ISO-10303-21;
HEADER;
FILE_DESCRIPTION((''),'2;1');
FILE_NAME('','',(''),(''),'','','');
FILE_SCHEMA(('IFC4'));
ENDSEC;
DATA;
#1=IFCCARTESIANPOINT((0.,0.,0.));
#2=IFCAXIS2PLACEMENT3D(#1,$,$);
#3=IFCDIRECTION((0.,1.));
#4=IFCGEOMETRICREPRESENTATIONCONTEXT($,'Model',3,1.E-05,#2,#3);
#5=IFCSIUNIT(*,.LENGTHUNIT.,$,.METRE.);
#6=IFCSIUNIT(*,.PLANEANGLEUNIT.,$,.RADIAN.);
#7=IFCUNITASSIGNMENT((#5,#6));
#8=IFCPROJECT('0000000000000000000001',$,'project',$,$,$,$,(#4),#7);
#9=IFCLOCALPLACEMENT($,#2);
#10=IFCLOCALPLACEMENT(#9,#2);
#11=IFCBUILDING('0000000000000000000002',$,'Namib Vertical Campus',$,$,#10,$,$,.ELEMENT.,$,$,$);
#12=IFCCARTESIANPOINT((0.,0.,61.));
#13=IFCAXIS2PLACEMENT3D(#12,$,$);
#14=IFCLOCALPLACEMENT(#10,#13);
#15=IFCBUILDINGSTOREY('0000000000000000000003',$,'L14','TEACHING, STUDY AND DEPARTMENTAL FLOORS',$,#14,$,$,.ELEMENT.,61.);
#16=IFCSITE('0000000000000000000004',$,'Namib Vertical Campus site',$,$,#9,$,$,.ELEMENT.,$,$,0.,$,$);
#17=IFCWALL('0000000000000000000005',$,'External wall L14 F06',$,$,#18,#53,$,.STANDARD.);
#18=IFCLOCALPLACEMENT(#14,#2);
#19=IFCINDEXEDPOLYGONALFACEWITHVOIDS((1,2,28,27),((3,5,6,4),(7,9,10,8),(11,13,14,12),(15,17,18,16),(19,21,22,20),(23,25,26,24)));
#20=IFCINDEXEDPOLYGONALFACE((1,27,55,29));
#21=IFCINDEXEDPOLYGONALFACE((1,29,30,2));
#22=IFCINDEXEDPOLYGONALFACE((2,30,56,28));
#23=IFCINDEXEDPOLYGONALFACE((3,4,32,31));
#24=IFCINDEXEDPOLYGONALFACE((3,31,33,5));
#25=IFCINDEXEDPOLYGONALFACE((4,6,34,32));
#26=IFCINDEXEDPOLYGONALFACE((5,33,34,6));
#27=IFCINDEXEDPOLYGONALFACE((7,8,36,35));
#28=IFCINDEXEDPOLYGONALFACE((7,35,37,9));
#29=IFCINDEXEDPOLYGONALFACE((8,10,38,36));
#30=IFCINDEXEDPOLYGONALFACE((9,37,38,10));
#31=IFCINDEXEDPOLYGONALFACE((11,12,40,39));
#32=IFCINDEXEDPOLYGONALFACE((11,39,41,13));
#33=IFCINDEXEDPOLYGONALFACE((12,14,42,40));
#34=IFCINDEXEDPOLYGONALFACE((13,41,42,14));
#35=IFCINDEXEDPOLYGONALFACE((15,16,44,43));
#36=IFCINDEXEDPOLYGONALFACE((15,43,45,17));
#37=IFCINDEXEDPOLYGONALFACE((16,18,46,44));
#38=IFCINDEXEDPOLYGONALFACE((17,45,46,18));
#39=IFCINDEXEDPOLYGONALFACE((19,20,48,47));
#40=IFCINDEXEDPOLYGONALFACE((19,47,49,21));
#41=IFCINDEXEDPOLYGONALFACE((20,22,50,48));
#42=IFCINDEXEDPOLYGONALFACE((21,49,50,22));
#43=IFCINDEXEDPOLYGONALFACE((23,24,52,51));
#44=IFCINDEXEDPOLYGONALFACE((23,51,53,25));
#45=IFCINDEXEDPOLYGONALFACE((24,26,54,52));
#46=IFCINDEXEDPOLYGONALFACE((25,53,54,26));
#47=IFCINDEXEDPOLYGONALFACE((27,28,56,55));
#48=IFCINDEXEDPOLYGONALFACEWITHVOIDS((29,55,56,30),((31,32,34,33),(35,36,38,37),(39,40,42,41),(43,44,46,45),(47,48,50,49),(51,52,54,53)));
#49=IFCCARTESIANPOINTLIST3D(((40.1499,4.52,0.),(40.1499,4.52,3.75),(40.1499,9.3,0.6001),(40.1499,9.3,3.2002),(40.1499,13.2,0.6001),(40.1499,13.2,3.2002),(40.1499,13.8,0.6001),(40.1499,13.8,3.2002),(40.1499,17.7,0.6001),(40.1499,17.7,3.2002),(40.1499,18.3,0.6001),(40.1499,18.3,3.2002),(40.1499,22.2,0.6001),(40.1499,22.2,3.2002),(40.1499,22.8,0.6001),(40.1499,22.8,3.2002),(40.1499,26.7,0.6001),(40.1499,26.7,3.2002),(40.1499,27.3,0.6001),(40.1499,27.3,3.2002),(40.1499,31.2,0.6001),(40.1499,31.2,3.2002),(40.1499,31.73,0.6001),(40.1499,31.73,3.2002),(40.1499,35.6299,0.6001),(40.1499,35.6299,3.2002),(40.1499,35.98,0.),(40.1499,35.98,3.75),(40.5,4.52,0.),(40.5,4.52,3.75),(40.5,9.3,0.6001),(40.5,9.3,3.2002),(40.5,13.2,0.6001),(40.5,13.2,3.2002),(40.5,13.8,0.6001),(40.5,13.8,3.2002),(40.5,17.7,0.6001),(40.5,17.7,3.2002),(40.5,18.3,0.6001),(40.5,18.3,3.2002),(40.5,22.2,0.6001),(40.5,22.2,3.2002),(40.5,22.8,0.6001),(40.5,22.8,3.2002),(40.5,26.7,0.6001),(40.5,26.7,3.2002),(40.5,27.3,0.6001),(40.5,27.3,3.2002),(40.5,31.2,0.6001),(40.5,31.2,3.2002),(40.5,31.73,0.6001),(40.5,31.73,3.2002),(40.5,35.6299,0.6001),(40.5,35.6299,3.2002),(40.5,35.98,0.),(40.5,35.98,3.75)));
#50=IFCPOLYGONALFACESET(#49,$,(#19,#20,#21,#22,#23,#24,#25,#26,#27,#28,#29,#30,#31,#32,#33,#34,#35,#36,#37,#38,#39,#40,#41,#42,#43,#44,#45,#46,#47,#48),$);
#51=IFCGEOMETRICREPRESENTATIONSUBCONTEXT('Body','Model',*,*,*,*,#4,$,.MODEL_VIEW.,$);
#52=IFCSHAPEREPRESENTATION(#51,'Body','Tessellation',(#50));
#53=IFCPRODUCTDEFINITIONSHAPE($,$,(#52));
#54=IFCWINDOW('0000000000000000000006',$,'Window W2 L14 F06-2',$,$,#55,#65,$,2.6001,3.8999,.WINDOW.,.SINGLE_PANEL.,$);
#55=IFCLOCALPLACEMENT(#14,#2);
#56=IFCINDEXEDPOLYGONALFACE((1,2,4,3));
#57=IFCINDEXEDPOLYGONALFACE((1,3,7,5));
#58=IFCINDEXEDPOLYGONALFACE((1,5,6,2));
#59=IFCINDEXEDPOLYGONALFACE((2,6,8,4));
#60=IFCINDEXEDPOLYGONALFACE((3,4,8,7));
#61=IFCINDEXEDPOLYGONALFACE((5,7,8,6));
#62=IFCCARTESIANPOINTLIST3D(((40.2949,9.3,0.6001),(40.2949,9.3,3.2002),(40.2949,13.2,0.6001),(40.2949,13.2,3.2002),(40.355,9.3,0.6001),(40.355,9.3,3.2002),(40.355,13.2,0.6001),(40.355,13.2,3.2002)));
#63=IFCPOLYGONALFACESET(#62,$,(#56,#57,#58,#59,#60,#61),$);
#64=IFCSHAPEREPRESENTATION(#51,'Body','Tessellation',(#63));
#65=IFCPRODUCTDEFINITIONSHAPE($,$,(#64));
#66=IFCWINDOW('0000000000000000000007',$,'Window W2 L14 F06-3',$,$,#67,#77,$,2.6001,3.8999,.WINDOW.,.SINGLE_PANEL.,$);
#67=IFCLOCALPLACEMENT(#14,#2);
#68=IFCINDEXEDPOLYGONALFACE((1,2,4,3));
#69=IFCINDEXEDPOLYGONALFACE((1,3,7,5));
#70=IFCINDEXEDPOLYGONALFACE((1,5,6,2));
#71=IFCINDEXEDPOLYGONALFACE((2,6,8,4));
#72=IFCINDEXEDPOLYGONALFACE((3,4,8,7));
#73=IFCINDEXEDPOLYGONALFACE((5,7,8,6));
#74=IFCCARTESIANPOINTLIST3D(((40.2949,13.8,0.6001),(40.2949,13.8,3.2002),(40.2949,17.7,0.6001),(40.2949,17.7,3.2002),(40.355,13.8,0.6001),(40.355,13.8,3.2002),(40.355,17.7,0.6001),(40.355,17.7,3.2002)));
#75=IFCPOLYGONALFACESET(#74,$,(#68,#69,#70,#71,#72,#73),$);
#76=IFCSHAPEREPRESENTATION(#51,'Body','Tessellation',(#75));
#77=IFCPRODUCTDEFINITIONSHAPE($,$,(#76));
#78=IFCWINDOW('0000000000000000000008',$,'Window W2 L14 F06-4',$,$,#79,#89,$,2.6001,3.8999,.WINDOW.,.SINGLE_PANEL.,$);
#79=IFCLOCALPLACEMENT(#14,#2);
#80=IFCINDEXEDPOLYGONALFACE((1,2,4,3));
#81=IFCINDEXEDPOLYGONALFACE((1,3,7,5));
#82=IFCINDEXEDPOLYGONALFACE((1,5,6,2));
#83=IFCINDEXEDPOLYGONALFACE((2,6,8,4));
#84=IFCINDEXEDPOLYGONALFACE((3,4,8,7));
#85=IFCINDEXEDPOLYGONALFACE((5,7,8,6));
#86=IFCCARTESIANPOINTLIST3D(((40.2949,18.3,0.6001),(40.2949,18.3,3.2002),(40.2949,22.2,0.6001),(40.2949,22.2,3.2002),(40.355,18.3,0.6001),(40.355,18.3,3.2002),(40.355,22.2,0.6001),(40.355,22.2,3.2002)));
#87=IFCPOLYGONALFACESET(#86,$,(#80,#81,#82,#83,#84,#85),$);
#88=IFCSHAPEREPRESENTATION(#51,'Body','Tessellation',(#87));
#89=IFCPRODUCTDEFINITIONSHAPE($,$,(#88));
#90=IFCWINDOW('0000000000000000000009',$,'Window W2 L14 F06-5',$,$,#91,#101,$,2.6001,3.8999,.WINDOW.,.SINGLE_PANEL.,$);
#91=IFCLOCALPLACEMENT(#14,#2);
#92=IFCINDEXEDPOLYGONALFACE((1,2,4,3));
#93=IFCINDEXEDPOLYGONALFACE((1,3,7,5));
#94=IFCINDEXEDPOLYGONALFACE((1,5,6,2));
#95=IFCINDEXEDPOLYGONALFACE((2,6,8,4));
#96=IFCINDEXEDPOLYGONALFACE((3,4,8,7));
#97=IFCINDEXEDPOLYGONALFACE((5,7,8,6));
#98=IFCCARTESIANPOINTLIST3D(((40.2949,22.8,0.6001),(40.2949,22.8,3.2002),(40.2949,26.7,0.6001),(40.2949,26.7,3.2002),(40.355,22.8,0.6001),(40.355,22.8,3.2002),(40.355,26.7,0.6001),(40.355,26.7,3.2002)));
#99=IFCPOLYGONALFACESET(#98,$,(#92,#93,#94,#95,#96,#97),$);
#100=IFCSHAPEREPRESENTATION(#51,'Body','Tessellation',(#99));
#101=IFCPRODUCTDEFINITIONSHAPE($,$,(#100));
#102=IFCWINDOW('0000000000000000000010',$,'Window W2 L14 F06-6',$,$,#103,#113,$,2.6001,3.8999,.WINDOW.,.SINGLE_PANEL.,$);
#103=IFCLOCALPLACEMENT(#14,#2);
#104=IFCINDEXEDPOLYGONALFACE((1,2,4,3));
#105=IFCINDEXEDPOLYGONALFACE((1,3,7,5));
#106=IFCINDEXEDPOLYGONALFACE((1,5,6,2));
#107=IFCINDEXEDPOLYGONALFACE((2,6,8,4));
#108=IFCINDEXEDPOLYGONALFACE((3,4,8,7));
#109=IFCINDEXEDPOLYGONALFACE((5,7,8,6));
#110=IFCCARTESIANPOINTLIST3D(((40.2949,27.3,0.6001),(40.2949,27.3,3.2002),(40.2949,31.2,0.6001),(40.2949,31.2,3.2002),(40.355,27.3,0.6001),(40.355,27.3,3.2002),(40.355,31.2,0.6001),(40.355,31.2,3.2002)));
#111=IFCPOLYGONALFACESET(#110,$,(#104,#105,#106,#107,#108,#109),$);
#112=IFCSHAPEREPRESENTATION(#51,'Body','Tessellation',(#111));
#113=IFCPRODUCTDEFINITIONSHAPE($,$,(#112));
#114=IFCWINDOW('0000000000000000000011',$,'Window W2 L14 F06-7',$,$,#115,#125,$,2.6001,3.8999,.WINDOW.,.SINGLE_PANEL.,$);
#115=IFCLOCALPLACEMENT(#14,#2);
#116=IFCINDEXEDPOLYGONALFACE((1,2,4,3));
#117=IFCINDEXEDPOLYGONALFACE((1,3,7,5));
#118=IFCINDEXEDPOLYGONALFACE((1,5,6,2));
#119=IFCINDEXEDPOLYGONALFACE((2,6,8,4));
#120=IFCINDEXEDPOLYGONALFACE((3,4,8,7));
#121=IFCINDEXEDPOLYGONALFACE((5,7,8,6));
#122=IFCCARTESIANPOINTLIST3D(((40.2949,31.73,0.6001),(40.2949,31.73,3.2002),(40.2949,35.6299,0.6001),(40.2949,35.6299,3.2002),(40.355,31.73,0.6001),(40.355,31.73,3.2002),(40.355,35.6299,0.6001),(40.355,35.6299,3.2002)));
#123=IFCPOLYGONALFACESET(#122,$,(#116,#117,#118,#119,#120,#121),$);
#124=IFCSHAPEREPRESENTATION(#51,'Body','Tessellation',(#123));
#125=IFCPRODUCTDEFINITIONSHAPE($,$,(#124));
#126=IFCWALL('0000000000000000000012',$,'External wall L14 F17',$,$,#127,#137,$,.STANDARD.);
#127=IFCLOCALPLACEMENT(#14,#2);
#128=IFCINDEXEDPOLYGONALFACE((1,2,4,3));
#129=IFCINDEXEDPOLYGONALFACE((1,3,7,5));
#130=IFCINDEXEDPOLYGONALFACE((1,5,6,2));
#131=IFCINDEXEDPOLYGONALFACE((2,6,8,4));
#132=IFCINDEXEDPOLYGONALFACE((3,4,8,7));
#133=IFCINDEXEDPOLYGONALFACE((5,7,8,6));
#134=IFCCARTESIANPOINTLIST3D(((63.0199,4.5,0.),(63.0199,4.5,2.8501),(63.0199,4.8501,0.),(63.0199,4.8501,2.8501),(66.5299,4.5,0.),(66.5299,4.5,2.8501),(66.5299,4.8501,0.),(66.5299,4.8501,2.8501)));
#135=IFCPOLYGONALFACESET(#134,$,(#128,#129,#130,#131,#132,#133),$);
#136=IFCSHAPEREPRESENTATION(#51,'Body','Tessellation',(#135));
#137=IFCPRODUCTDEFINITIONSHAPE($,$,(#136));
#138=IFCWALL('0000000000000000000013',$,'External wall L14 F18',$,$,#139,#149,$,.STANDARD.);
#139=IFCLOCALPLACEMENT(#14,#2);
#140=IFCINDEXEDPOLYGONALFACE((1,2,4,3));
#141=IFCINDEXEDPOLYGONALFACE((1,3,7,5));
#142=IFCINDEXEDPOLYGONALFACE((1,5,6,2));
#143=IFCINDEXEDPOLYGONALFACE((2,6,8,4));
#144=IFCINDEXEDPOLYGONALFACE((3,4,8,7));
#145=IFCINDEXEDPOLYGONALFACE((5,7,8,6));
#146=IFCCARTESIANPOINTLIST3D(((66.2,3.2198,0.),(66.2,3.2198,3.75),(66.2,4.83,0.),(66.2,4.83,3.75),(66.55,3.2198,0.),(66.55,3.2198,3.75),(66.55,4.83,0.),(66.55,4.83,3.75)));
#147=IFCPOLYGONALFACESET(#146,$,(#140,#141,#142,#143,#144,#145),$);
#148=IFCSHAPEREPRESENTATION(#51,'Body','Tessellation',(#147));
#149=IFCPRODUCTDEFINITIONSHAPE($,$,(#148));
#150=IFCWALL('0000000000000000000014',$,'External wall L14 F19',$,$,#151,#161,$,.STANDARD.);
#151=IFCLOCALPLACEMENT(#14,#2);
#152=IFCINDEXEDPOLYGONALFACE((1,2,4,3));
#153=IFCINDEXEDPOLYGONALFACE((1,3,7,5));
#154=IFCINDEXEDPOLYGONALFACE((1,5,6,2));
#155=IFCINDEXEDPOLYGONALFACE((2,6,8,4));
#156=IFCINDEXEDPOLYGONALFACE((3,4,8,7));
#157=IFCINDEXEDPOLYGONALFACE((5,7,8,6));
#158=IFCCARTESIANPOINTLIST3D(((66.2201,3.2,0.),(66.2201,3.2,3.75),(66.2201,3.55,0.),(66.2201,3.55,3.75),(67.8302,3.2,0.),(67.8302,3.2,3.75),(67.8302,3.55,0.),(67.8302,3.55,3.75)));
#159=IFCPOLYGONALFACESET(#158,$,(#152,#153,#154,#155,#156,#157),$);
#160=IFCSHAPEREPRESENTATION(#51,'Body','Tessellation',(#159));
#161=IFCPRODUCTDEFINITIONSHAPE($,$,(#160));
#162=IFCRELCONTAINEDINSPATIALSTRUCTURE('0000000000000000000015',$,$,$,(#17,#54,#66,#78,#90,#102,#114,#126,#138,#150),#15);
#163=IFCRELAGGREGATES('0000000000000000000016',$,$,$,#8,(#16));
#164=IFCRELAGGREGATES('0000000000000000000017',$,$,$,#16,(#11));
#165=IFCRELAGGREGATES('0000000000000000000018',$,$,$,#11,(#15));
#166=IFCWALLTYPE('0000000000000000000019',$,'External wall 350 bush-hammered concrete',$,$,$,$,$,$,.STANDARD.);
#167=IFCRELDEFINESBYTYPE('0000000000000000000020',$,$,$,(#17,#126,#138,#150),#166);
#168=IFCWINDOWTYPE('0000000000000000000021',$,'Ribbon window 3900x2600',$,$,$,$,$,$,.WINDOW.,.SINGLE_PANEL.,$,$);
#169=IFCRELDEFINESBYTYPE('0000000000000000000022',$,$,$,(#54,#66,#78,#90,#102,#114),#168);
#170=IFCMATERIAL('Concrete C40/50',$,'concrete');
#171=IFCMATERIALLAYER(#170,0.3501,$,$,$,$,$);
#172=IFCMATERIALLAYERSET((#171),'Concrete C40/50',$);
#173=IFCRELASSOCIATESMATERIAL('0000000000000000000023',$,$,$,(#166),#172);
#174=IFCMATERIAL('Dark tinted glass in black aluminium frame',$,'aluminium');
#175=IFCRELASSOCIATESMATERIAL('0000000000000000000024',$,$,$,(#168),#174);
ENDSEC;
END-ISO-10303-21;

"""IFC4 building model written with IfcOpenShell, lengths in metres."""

from ifc_helpers import new_model, si_unit, direction, frame, frame_2d, origin, place, context, subcontext, project, spatial, rectangle, extrude, material, layer, layer_set, type_object, element, fill, save


model = new_model("IFC4")

# Units and contexts
model_context = context("Model", 3, precision=1e-05, world=origin(), true_north=direction((0.0, 1.0)))
body_context = subcontext(model_context, "Body", "Model", "MODEL_VIEW")
ifc_project = project(units=[si_unit("LENGTHUNIT", "METRE"), si_unit("PLANEANGLEUNIT", "RADIAN")], contexts=[model_context])

# Site, building, storey
site_placement = place(None, origin())
site = spatial("IfcSite", under=ifc_project, at=site_placement, Name="Namib Vertical Campus site", CompositionType="ELEMENT", RefElevation=0.0)
building_placement = place(site_placement, origin())
building = spatial("IfcBuilding", under=site, at=building_placement, Name="Namib Vertical Campus", CompositionType="ELEMENT")
storey_placement = place(building_placement, frame((0.0, 0.0, 61.0)))
storey = spatial("IfcBuildingStorey", under=building, at=storey_placement, Name="L14", Description="TEACHING, STUDY AND DEPARTMENTAL FLOORS", CompositionType="ELEMENT", Elevation=61.0)

# Shared definitions
ifc_material_1 = material(Name="Concrete C40/50", Category="concrete")
ifc_layer_1 = layer(ifc_material_1, 0.3501)
ifc_layer_set_1 = layer_set([ifc_layer_1], Name="Concrete C40/50")
wall_type_1 = type_object("IfcWallType", Name="External wall 350 bush-hammered concrete", PredefinedType="STANDARD", material=ifc_layer_set_1)

# Wall, openings, windows
wall_1_placement = place(storey_placement, frame((40.325, 4.52, 0.0), z_axis=(0.0, 0.0, 1.0), x_axis=(0.0, 1.0, 0.0)))
wall_1 = element("IfcWall", 1, at=wall_1_placement, inside=storey, type_object=wall_type_1, Name="External wall L14 F06", PredefinedType="STANDARD", context=body_context, shape_type="SweptSolid", body=[
    extrude(rectangle(XDim=31.46, YDim=0.3501, at=frame_2d((15.73, 0.0))), origin(), (0.0, 0.0, 1.0), 3.75),
])
opening_1_placement = place(wall_1_placement, frame((4.78, 0.0, 0.6001)))
opening_1 = element("IfcOpeningElement", 2, at=opening_1_placement, cuts=wall_1, PredefinedType="OPENING", context=body_context, shape_type="SweptSolid", body=[
    extrude(rectangle(XDim=3.8999, YDim=2.6001, at=frame_2d((1.95, 1.3))), frame((0.0, 0.1851, 0.0), z_axis=(0.0, -1.0, 0.0), x_axis=(1.0, 0.0, 0.0)), (0.0, 0.0, 1.0), 0.3701),
])
opening_2_placement = place(wall_1_placement, frame((9.28, 0.0, 0.6001)))
opening_2 = element("IfcOpeningElement", 3, at=opening_2_placement, cuts=wall_1, PredefinedType="OPENING", context=body_context, shape_type="SweptSolid", body=[
    extrude(rectangle(XDim=3.8999, YDim=2.6001, at=frame_2d((1.95, 1.3))), frame((0.0, 0.1851, 0.0), z_axis=(0.0, -1.0, 0.0), x_axis=(1.0, 0.0, 0.0)), (0.0, 0.0, 1.0), 0.3701),
])
opening_3_placement = place(wall_1_placement, frame((13.78, 0.0, 0.6001)))
opening_3 = element("IfcOpeningElement", 4, at=opening_3_placement, cuts=wall_1, PredefinedType="OPENING", context=body_context, shape_type="SweptSolid", body=[
    extrude(rectangle(XDim=3.8999, YDim=2.6001, at=frame_2d((1.95, 1.3))), frame((0.0, 0.1851, 0.0), z_axis=(0.0, -1.0, 0.0), x_axis=(1.0, 0.0, 0.0)), (0.0, 0.0, 1.0), 0.3701),
])
opening_4_placement = place(wall_1_placement, frame((18.28, 0.0, 0.6001)))
opening_4 = element("IfcOpeningElement", 5, at=opening_4_placement, cuts=wall_1, PredefinedType="OPENING", context=body_context, shape_type="SweptSolid", body=[
    extrude(rectangle(XDim=3.8999, YDim=2.6001, at=frame_2d((1.95, 1.3))), frame((0.0, 0.1851, 0.0), z_axis=(0.0, -1.0, 0.0), x_axis=(1.0, 0.0, 0.0)), (0.0, 0.0, 1.0), 0.3701),
])
opening_5_placement = place(wall_1_placement, frame((22.78, 0.0, 0.6001)))
opening_5 = element("IfcOpeningElement", 6, at=opening_5_placement, cuts=wall_1, PredefinedType="OPENING", context=body_context, shape_type="SweptSolid", body=[
    extrude(rectangle(XDim=3.8999, YDim=2.6001, at=frame_2d((1.95, 1.3))), frame((0.0, 0.1851, 0.0), z_axis=(0.0, -1.0, 0.0), x_axis=(1.0, 0.0, 0.0)), (0.0, 0.0, 1.0), 0.3701),
])
opening_6_placement = place(wall_1_placement, frame((27.21, 0.0, 0.6001)))
opening_6 = element("IfcOpeningElement", 7, at=opening_6_placement, cuts=wall_1, PredefinedType="OPENING", context=body_context, shape_type="SweptSolid", body=[
    extrude(rectangle(XDim=3.8999, YDim=2.6001, at=frame_2d((1.95, 1.3))), frame((0.0, 0.1851, 0.0), z_axis=(0.0, -1.0, 0.0), x_axis=(1.0, 0.0, 0.0)), (0.0, 0.0, 1.0), 0.3701),
])
ifc_material_2 = material(Name="Dark tinted glass in black aluminium frame", Category="aluminium")
window_type = type_object("IfcWindowType", Name="Ribbon window 3900x2600", PartitioningType="SINGLE_PANEL", PredefinedType="WINDOW", material=ifc_material_2)
window_1_placement = place(opening_1_placement, origin())
window_1 = element("IfcWindow", 8, at=window_1_placement, inside=storey, type_object=window_type, Name="Window W2 L14 F06-2", OverallHeight=2.6001, OverallWidth=3.8999, PartitioningType="SINGLE_PANEL", PredefinedType="WINDOW", context=body_context, shape_type="SweptSolid", body=[
    extrude(rectangle(XDim=3.8999, YDim=2.6001, at=frame_2d((1.95, 1.3))), frame((0.0, 0.03, 0.0), z_axis=(0.0, -1.0, 0.0), x_axis=(1.0, 0.0, 0.0)), (0.0, 0.0, 1.0), 0.0601),
])
fill(opening_1, window_1)
window_2_placement = place(opening_2_placement, origin())
window_2 = element("IfcWindow", 9, at=window_2_placement, inside=storey, type_object=window_type, Name="Window W2 L14 F06-3", OverallHeight=2.6001, OverallWidth=3.8999, PartitioningType="SINGLE_PANEL", PredefinedType="WINDOW", context=body_context, shape_type="SweptSolid", body=[
    extrude(rectangle(XDim=3.8999, YDim=2.6001, at=frame_2d((1.95, 1.3))), frame((0.0, 0.03, 0.0), z_axis=(0.0, -1.0, 0.0), x_axis=(1.0, 0.0, 0.0)), (0.0, 0.0, 1.0), 0.0601),
])
fill(opening_2, window_2)
window_3_placement = place(opening_3_placement, origin())
window_3 = element("IfcWindow", 10, at=window_3_placement, inside=storey, type_object=window_type, Name="Window W2 L14 F06-4", OverallHeight=2.6001, OverallWidth=3.8999, PartitioningType="SINGLE_PANEL", PredefinedType="WINDOW", context=body_context, shape_type="SweptSolid", body=[
    extrude(rectangle(XDim=3.8999, YDim=2.6001, at=frame_2d((1.95, 1.3))), frame((0.0, 0.03, 0.0), z_axis=(0.0, -1.0, 0.0), x_axis=(1.0, 0.0, 0.0)), (0.0, 0.0, 1.0), 0.0601),
])
fill(opening_3, window_3)
window_4_placement = place(opening_4_placement, origin())
window_4 = element("IfcWindow", 11, at=window_4_placement, inside=storey, type_object=window_type, Name="Window W2 L14 F06-5", OverallHeight=2.6001, OverallWidth=3.8999, PartitioningType="SINGLE_PANEL", PredefinedType="WINDOW", context=body_context, shape_type="SweptSolid", body=[
    extrude(rectangle(XDim=3.8999, YDim=2.6001, at=frame_2d((1.95, 1.3))), frame((0.0, 0.03, 0.0), z_axis=(0.0, -1.0, 0.0), x_axis=(1.0, 0.0, 0.0)), (0.0, 0.0, 1.0), 0.0601),
])
fill(opening_4, window_4)
window_5_placement = place(opening_5_placement, origin())
window_5 = element("IfcWindow", 12, at=window_5_placement, inside=storey, type_object=window_type, Name="Window W2 L14 F06-6", OverallHeight=2.6001, OverallWidth=3.8999, PartitioningType="SINGLE_PANEL", PredefinedType="WINDOW", context=body_context, shape_type="SweptSolid", body=[
    extrude(rectangle(XDim=3.8999, YDim=2.6001, at=frame_2d((1.95, 1.3))), frame((0.0, 0.03, 0.0), z_axis=(0.0, -1.0, 0.0), x_axis=(1.0, 0.0, 0.0)), (0.0, 0.0, 1.0), 0.0601),
])
fill(opening_5, window_5)
window_6_placement = place(opening_6_placement, origin())
window_6 = element("IfcWindow", 13, at=window_6_placement, inside=storey, type_object=window_type, Name="Window W2 L14 F06-7", OverallHeight=2.6001, OverallWidth=3.8999, PartitioningType="SINGLE_PANEL", PredefinedType="WINDOW", context=body_context, shape_type="SweptSolid", body=[
    extrude(rectangle(XDim=3.8999, YDim=2.6001, at=frame_2d((1.95, 1.3))), frame((0.0, 0.03, 0.0), z_axis=(0.0, -1.0, 0.0), x_axis=(1.0, 0.0, 0.0)), (0.0, 0.0, 1.0), 0.0601),
])
fill(opening_6, window_6)

# Walls
wall_2_placement = place(storey_placement, frame((63.02, 4.675, 0.0), z_axis=(0.0, 0.0, 1.0), x_axis=(1.0, 0.0, 0.0)))
element("IfcWall", 14, at=wall_2_placement, inside=storey, type_object=wall_type_1, Name="External wall L14 F17", PredefinedType="STANDARD", context=body_context, shape_type="SweptSolid", body=[
    extrude(rectangle(XDim=3.51, YDim=0.3501, at=frame_2d((1.7549, 0.0))), origin(), (0.0, 0.0, 1.0), 2.8501),
])
for number, where, z_axis, x_axis, name in (
    (15, (66.375, 4.8301, 0.0), (0.0, 0.0, 1.0), (0.0, -1.0, 0.0), "External wall L14 F18"),
    (16, (66.22, 3.375, 0.0), (0.0, 0.0, 1.0), (1.0, 0.0, 0.0), "External wall L14 F19"),
):
    element("IfcWall", number, at=place(storey_placement, frame(where, z_axis=z_axis, x_axis=x_axis)), inside=storey, type_object=wall_type_1, Name=name, PredefinedType="STANDARD", context=body_context, shape_type="SweptSolid", body=[
        extrude(rectangle(XDim=1.6101, YDim=0.3501, at=frame_2d((0.8052, 0.0))), origin(), (0.0, 0.0, 1.0), 3.75),
    ])

save(model, "model.ifc")
